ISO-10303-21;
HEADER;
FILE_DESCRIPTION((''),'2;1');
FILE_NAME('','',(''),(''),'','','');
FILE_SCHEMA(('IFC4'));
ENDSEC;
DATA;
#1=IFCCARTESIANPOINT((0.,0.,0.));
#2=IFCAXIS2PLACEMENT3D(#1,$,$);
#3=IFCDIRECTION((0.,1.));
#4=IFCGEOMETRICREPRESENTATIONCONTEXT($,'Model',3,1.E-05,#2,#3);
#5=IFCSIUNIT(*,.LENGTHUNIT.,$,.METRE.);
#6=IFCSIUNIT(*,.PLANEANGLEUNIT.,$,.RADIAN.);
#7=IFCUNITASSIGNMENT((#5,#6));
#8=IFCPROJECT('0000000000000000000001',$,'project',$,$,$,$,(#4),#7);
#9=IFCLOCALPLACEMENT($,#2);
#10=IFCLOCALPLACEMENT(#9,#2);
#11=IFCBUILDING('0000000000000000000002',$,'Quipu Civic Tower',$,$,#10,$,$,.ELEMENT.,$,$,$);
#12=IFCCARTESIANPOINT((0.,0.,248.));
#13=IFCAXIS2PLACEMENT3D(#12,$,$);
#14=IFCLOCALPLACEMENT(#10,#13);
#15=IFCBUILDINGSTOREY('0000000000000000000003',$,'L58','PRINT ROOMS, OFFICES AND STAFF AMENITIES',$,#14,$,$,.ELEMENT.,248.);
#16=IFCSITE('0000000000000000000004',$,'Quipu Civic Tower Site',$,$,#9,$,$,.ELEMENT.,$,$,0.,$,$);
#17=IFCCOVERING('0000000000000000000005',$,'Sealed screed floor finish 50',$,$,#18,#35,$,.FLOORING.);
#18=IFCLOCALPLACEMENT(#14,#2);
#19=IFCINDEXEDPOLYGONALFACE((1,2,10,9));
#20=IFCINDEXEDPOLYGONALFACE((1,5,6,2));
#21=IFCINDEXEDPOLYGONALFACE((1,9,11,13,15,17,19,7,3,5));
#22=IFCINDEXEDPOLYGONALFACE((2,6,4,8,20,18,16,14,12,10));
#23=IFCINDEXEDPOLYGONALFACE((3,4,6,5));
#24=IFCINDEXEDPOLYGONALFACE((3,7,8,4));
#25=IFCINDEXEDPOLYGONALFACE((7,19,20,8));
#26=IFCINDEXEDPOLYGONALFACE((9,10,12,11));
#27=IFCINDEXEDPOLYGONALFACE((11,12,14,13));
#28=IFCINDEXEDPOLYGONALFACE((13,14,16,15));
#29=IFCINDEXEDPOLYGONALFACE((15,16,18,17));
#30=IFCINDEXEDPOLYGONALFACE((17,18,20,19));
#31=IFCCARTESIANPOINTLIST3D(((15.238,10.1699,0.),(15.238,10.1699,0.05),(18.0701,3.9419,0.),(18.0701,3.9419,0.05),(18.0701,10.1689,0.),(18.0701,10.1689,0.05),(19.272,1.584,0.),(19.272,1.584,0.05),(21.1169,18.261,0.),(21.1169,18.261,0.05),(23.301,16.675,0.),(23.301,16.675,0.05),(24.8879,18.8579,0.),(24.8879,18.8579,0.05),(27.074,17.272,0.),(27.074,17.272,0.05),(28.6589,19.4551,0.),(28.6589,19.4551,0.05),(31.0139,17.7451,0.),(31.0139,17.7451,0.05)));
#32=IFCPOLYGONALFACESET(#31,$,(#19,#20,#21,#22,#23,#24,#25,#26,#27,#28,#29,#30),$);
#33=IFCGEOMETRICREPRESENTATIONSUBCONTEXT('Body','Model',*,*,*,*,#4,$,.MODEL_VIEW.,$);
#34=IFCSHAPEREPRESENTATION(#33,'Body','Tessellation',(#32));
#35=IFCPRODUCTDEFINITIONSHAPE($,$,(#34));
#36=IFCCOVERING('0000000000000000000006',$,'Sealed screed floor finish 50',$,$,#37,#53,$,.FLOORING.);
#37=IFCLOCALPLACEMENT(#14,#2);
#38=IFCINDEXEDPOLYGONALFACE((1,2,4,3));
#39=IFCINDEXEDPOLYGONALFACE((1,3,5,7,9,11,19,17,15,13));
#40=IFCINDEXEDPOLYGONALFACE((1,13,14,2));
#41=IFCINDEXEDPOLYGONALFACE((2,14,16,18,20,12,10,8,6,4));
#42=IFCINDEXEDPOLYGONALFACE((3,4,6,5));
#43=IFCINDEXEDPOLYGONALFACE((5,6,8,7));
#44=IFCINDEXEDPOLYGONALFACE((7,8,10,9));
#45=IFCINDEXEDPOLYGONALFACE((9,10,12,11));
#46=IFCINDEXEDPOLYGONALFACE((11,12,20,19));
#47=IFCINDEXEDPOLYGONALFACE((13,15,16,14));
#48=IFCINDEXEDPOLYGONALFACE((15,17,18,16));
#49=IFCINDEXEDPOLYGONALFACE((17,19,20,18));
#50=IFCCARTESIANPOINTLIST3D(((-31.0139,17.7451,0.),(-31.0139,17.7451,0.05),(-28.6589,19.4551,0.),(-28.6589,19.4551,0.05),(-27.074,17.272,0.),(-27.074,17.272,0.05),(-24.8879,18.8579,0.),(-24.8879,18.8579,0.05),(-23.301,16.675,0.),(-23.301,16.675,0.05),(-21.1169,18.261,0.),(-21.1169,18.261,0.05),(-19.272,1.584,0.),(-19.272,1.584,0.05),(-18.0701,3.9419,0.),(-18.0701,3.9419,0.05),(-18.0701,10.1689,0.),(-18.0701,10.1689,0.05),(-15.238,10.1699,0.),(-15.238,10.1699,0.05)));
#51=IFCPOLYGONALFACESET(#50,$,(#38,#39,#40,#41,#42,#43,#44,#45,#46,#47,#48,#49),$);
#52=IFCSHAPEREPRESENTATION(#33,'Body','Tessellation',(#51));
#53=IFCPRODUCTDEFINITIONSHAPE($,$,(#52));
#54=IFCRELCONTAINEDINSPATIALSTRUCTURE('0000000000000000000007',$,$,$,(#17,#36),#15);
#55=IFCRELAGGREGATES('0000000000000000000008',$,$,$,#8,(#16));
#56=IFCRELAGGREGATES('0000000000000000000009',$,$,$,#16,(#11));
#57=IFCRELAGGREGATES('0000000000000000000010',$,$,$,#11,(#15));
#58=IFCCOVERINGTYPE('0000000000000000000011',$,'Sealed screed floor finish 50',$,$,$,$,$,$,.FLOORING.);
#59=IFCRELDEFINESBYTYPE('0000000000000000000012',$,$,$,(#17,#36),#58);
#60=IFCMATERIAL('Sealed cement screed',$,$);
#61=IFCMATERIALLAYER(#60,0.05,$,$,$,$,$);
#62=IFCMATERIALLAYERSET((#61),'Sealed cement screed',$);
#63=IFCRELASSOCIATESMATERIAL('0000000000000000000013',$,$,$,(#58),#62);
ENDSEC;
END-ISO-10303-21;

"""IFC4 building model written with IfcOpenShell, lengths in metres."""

from ifc_helpers import new_model, si_unit, direction, frame, origin, place, context, subcontext, project, spatial, polyline, outline, extrude, material, layer, layer_set, type_object, element, save


model = new_model("IFC4")

# Units and contexts
model_context = context("Model", 3, precision=1e-05, world=origin(), true_north=direction((0.0, 1.0)))
body_context = subcontext(model_context, "Body", "Model", "MODEL_VIEW")
ifc_project = project(units=[si_unit("LENGTHUNIT", "METRE"), si_unit("PLANEANGLEUNIT", "RADIAN")], contexts=[model_context])

# Site, building, storey
site_placement = place(None, origin())
site = spatial("IfcSite", under=ifc_project, at=site_placement, Name="Quipu Civic Tower Site", CompositionType="ELEMENT", RefElevation=0.0)
building_placement = place(site_placement, origin())
building = spatial("IfcBuilding", under=site, at=building_placement, Name="Quipu Civic Tower", CompositionType="ELEMENT")
storey_placement = place(building_placement, frame((0.0, 0.0, 248.0)))
storey = spatial("IfcBuildingStorey", under=building, at=storey_placement, Name="L58", Description="PRINT ROOMS, OFFICES AND STAFF AMENITIES", CompositionType="ELEMENT", Elevation=248.0)

# Coverings
ifc_material_1 = material(Name="Sealed cement screed")
ifc_layer_1 = layer(ifc_material_1, 0.05)
ifc_layer_set_1 = layer_set([ifc_layer_1], Name="Sealed cement screed")
covering_type_1 = type_object("IfcCoveringType", Name="Sealed screed floor finish 50", PredefinedType="FLOORING", material=ifc_layer_set_1)
covering_1_placement = place(storey_placement, origin())
element("IfcCovering", 1, at=covering_1_placement, inside=storey, type_object=covering_type_1, Name="Sealed screed floor finish 50", PredefinedType="FLOORING", context=body_context, shape_type="SweptSolid", body=[
    extrude(outline(polyline([(15.238, 10.1699), (21.1169, 18.261), (23.301, 16.675), (24.8879, 18.8579), (27.074, 17.272), (28.6589, 19.4551), (31.0139, 17.7451), (19.272, 1.584), (18.0701, 3.9419), (18.0701, 10.1689), (15.238, 10.1699)])), origin(), (0.0, 0.0, 1.0), 0.05),
])
covering_2_placement = place(storey_placement, origin())
element("IfcCovering", 2, at=covering_2_placement, inside=storey, type_object=covering_type_1, Name="Sealed screed floor finish 50", PredefinedType="FLOORING", context=body_context, shape_type="SweptSolid", body=[
    extrude(outline(polyline([(-31.0139, 17.7451), (-28.6589, 19.4551), (-27.074, 17.272), (-24.8879, 18.8579), (-23.301, 16.675), (-21.1169, 18.261), (-15.238, 10.1699), (-18.0701, 10.1689), (-18.0701, 3.9419), (-19.272, 1.584), (-31.0139, 17.7451)])), origin(), (0.0, 0.0, 1.0), 0.05),
])

save(model, "model.ifc")
